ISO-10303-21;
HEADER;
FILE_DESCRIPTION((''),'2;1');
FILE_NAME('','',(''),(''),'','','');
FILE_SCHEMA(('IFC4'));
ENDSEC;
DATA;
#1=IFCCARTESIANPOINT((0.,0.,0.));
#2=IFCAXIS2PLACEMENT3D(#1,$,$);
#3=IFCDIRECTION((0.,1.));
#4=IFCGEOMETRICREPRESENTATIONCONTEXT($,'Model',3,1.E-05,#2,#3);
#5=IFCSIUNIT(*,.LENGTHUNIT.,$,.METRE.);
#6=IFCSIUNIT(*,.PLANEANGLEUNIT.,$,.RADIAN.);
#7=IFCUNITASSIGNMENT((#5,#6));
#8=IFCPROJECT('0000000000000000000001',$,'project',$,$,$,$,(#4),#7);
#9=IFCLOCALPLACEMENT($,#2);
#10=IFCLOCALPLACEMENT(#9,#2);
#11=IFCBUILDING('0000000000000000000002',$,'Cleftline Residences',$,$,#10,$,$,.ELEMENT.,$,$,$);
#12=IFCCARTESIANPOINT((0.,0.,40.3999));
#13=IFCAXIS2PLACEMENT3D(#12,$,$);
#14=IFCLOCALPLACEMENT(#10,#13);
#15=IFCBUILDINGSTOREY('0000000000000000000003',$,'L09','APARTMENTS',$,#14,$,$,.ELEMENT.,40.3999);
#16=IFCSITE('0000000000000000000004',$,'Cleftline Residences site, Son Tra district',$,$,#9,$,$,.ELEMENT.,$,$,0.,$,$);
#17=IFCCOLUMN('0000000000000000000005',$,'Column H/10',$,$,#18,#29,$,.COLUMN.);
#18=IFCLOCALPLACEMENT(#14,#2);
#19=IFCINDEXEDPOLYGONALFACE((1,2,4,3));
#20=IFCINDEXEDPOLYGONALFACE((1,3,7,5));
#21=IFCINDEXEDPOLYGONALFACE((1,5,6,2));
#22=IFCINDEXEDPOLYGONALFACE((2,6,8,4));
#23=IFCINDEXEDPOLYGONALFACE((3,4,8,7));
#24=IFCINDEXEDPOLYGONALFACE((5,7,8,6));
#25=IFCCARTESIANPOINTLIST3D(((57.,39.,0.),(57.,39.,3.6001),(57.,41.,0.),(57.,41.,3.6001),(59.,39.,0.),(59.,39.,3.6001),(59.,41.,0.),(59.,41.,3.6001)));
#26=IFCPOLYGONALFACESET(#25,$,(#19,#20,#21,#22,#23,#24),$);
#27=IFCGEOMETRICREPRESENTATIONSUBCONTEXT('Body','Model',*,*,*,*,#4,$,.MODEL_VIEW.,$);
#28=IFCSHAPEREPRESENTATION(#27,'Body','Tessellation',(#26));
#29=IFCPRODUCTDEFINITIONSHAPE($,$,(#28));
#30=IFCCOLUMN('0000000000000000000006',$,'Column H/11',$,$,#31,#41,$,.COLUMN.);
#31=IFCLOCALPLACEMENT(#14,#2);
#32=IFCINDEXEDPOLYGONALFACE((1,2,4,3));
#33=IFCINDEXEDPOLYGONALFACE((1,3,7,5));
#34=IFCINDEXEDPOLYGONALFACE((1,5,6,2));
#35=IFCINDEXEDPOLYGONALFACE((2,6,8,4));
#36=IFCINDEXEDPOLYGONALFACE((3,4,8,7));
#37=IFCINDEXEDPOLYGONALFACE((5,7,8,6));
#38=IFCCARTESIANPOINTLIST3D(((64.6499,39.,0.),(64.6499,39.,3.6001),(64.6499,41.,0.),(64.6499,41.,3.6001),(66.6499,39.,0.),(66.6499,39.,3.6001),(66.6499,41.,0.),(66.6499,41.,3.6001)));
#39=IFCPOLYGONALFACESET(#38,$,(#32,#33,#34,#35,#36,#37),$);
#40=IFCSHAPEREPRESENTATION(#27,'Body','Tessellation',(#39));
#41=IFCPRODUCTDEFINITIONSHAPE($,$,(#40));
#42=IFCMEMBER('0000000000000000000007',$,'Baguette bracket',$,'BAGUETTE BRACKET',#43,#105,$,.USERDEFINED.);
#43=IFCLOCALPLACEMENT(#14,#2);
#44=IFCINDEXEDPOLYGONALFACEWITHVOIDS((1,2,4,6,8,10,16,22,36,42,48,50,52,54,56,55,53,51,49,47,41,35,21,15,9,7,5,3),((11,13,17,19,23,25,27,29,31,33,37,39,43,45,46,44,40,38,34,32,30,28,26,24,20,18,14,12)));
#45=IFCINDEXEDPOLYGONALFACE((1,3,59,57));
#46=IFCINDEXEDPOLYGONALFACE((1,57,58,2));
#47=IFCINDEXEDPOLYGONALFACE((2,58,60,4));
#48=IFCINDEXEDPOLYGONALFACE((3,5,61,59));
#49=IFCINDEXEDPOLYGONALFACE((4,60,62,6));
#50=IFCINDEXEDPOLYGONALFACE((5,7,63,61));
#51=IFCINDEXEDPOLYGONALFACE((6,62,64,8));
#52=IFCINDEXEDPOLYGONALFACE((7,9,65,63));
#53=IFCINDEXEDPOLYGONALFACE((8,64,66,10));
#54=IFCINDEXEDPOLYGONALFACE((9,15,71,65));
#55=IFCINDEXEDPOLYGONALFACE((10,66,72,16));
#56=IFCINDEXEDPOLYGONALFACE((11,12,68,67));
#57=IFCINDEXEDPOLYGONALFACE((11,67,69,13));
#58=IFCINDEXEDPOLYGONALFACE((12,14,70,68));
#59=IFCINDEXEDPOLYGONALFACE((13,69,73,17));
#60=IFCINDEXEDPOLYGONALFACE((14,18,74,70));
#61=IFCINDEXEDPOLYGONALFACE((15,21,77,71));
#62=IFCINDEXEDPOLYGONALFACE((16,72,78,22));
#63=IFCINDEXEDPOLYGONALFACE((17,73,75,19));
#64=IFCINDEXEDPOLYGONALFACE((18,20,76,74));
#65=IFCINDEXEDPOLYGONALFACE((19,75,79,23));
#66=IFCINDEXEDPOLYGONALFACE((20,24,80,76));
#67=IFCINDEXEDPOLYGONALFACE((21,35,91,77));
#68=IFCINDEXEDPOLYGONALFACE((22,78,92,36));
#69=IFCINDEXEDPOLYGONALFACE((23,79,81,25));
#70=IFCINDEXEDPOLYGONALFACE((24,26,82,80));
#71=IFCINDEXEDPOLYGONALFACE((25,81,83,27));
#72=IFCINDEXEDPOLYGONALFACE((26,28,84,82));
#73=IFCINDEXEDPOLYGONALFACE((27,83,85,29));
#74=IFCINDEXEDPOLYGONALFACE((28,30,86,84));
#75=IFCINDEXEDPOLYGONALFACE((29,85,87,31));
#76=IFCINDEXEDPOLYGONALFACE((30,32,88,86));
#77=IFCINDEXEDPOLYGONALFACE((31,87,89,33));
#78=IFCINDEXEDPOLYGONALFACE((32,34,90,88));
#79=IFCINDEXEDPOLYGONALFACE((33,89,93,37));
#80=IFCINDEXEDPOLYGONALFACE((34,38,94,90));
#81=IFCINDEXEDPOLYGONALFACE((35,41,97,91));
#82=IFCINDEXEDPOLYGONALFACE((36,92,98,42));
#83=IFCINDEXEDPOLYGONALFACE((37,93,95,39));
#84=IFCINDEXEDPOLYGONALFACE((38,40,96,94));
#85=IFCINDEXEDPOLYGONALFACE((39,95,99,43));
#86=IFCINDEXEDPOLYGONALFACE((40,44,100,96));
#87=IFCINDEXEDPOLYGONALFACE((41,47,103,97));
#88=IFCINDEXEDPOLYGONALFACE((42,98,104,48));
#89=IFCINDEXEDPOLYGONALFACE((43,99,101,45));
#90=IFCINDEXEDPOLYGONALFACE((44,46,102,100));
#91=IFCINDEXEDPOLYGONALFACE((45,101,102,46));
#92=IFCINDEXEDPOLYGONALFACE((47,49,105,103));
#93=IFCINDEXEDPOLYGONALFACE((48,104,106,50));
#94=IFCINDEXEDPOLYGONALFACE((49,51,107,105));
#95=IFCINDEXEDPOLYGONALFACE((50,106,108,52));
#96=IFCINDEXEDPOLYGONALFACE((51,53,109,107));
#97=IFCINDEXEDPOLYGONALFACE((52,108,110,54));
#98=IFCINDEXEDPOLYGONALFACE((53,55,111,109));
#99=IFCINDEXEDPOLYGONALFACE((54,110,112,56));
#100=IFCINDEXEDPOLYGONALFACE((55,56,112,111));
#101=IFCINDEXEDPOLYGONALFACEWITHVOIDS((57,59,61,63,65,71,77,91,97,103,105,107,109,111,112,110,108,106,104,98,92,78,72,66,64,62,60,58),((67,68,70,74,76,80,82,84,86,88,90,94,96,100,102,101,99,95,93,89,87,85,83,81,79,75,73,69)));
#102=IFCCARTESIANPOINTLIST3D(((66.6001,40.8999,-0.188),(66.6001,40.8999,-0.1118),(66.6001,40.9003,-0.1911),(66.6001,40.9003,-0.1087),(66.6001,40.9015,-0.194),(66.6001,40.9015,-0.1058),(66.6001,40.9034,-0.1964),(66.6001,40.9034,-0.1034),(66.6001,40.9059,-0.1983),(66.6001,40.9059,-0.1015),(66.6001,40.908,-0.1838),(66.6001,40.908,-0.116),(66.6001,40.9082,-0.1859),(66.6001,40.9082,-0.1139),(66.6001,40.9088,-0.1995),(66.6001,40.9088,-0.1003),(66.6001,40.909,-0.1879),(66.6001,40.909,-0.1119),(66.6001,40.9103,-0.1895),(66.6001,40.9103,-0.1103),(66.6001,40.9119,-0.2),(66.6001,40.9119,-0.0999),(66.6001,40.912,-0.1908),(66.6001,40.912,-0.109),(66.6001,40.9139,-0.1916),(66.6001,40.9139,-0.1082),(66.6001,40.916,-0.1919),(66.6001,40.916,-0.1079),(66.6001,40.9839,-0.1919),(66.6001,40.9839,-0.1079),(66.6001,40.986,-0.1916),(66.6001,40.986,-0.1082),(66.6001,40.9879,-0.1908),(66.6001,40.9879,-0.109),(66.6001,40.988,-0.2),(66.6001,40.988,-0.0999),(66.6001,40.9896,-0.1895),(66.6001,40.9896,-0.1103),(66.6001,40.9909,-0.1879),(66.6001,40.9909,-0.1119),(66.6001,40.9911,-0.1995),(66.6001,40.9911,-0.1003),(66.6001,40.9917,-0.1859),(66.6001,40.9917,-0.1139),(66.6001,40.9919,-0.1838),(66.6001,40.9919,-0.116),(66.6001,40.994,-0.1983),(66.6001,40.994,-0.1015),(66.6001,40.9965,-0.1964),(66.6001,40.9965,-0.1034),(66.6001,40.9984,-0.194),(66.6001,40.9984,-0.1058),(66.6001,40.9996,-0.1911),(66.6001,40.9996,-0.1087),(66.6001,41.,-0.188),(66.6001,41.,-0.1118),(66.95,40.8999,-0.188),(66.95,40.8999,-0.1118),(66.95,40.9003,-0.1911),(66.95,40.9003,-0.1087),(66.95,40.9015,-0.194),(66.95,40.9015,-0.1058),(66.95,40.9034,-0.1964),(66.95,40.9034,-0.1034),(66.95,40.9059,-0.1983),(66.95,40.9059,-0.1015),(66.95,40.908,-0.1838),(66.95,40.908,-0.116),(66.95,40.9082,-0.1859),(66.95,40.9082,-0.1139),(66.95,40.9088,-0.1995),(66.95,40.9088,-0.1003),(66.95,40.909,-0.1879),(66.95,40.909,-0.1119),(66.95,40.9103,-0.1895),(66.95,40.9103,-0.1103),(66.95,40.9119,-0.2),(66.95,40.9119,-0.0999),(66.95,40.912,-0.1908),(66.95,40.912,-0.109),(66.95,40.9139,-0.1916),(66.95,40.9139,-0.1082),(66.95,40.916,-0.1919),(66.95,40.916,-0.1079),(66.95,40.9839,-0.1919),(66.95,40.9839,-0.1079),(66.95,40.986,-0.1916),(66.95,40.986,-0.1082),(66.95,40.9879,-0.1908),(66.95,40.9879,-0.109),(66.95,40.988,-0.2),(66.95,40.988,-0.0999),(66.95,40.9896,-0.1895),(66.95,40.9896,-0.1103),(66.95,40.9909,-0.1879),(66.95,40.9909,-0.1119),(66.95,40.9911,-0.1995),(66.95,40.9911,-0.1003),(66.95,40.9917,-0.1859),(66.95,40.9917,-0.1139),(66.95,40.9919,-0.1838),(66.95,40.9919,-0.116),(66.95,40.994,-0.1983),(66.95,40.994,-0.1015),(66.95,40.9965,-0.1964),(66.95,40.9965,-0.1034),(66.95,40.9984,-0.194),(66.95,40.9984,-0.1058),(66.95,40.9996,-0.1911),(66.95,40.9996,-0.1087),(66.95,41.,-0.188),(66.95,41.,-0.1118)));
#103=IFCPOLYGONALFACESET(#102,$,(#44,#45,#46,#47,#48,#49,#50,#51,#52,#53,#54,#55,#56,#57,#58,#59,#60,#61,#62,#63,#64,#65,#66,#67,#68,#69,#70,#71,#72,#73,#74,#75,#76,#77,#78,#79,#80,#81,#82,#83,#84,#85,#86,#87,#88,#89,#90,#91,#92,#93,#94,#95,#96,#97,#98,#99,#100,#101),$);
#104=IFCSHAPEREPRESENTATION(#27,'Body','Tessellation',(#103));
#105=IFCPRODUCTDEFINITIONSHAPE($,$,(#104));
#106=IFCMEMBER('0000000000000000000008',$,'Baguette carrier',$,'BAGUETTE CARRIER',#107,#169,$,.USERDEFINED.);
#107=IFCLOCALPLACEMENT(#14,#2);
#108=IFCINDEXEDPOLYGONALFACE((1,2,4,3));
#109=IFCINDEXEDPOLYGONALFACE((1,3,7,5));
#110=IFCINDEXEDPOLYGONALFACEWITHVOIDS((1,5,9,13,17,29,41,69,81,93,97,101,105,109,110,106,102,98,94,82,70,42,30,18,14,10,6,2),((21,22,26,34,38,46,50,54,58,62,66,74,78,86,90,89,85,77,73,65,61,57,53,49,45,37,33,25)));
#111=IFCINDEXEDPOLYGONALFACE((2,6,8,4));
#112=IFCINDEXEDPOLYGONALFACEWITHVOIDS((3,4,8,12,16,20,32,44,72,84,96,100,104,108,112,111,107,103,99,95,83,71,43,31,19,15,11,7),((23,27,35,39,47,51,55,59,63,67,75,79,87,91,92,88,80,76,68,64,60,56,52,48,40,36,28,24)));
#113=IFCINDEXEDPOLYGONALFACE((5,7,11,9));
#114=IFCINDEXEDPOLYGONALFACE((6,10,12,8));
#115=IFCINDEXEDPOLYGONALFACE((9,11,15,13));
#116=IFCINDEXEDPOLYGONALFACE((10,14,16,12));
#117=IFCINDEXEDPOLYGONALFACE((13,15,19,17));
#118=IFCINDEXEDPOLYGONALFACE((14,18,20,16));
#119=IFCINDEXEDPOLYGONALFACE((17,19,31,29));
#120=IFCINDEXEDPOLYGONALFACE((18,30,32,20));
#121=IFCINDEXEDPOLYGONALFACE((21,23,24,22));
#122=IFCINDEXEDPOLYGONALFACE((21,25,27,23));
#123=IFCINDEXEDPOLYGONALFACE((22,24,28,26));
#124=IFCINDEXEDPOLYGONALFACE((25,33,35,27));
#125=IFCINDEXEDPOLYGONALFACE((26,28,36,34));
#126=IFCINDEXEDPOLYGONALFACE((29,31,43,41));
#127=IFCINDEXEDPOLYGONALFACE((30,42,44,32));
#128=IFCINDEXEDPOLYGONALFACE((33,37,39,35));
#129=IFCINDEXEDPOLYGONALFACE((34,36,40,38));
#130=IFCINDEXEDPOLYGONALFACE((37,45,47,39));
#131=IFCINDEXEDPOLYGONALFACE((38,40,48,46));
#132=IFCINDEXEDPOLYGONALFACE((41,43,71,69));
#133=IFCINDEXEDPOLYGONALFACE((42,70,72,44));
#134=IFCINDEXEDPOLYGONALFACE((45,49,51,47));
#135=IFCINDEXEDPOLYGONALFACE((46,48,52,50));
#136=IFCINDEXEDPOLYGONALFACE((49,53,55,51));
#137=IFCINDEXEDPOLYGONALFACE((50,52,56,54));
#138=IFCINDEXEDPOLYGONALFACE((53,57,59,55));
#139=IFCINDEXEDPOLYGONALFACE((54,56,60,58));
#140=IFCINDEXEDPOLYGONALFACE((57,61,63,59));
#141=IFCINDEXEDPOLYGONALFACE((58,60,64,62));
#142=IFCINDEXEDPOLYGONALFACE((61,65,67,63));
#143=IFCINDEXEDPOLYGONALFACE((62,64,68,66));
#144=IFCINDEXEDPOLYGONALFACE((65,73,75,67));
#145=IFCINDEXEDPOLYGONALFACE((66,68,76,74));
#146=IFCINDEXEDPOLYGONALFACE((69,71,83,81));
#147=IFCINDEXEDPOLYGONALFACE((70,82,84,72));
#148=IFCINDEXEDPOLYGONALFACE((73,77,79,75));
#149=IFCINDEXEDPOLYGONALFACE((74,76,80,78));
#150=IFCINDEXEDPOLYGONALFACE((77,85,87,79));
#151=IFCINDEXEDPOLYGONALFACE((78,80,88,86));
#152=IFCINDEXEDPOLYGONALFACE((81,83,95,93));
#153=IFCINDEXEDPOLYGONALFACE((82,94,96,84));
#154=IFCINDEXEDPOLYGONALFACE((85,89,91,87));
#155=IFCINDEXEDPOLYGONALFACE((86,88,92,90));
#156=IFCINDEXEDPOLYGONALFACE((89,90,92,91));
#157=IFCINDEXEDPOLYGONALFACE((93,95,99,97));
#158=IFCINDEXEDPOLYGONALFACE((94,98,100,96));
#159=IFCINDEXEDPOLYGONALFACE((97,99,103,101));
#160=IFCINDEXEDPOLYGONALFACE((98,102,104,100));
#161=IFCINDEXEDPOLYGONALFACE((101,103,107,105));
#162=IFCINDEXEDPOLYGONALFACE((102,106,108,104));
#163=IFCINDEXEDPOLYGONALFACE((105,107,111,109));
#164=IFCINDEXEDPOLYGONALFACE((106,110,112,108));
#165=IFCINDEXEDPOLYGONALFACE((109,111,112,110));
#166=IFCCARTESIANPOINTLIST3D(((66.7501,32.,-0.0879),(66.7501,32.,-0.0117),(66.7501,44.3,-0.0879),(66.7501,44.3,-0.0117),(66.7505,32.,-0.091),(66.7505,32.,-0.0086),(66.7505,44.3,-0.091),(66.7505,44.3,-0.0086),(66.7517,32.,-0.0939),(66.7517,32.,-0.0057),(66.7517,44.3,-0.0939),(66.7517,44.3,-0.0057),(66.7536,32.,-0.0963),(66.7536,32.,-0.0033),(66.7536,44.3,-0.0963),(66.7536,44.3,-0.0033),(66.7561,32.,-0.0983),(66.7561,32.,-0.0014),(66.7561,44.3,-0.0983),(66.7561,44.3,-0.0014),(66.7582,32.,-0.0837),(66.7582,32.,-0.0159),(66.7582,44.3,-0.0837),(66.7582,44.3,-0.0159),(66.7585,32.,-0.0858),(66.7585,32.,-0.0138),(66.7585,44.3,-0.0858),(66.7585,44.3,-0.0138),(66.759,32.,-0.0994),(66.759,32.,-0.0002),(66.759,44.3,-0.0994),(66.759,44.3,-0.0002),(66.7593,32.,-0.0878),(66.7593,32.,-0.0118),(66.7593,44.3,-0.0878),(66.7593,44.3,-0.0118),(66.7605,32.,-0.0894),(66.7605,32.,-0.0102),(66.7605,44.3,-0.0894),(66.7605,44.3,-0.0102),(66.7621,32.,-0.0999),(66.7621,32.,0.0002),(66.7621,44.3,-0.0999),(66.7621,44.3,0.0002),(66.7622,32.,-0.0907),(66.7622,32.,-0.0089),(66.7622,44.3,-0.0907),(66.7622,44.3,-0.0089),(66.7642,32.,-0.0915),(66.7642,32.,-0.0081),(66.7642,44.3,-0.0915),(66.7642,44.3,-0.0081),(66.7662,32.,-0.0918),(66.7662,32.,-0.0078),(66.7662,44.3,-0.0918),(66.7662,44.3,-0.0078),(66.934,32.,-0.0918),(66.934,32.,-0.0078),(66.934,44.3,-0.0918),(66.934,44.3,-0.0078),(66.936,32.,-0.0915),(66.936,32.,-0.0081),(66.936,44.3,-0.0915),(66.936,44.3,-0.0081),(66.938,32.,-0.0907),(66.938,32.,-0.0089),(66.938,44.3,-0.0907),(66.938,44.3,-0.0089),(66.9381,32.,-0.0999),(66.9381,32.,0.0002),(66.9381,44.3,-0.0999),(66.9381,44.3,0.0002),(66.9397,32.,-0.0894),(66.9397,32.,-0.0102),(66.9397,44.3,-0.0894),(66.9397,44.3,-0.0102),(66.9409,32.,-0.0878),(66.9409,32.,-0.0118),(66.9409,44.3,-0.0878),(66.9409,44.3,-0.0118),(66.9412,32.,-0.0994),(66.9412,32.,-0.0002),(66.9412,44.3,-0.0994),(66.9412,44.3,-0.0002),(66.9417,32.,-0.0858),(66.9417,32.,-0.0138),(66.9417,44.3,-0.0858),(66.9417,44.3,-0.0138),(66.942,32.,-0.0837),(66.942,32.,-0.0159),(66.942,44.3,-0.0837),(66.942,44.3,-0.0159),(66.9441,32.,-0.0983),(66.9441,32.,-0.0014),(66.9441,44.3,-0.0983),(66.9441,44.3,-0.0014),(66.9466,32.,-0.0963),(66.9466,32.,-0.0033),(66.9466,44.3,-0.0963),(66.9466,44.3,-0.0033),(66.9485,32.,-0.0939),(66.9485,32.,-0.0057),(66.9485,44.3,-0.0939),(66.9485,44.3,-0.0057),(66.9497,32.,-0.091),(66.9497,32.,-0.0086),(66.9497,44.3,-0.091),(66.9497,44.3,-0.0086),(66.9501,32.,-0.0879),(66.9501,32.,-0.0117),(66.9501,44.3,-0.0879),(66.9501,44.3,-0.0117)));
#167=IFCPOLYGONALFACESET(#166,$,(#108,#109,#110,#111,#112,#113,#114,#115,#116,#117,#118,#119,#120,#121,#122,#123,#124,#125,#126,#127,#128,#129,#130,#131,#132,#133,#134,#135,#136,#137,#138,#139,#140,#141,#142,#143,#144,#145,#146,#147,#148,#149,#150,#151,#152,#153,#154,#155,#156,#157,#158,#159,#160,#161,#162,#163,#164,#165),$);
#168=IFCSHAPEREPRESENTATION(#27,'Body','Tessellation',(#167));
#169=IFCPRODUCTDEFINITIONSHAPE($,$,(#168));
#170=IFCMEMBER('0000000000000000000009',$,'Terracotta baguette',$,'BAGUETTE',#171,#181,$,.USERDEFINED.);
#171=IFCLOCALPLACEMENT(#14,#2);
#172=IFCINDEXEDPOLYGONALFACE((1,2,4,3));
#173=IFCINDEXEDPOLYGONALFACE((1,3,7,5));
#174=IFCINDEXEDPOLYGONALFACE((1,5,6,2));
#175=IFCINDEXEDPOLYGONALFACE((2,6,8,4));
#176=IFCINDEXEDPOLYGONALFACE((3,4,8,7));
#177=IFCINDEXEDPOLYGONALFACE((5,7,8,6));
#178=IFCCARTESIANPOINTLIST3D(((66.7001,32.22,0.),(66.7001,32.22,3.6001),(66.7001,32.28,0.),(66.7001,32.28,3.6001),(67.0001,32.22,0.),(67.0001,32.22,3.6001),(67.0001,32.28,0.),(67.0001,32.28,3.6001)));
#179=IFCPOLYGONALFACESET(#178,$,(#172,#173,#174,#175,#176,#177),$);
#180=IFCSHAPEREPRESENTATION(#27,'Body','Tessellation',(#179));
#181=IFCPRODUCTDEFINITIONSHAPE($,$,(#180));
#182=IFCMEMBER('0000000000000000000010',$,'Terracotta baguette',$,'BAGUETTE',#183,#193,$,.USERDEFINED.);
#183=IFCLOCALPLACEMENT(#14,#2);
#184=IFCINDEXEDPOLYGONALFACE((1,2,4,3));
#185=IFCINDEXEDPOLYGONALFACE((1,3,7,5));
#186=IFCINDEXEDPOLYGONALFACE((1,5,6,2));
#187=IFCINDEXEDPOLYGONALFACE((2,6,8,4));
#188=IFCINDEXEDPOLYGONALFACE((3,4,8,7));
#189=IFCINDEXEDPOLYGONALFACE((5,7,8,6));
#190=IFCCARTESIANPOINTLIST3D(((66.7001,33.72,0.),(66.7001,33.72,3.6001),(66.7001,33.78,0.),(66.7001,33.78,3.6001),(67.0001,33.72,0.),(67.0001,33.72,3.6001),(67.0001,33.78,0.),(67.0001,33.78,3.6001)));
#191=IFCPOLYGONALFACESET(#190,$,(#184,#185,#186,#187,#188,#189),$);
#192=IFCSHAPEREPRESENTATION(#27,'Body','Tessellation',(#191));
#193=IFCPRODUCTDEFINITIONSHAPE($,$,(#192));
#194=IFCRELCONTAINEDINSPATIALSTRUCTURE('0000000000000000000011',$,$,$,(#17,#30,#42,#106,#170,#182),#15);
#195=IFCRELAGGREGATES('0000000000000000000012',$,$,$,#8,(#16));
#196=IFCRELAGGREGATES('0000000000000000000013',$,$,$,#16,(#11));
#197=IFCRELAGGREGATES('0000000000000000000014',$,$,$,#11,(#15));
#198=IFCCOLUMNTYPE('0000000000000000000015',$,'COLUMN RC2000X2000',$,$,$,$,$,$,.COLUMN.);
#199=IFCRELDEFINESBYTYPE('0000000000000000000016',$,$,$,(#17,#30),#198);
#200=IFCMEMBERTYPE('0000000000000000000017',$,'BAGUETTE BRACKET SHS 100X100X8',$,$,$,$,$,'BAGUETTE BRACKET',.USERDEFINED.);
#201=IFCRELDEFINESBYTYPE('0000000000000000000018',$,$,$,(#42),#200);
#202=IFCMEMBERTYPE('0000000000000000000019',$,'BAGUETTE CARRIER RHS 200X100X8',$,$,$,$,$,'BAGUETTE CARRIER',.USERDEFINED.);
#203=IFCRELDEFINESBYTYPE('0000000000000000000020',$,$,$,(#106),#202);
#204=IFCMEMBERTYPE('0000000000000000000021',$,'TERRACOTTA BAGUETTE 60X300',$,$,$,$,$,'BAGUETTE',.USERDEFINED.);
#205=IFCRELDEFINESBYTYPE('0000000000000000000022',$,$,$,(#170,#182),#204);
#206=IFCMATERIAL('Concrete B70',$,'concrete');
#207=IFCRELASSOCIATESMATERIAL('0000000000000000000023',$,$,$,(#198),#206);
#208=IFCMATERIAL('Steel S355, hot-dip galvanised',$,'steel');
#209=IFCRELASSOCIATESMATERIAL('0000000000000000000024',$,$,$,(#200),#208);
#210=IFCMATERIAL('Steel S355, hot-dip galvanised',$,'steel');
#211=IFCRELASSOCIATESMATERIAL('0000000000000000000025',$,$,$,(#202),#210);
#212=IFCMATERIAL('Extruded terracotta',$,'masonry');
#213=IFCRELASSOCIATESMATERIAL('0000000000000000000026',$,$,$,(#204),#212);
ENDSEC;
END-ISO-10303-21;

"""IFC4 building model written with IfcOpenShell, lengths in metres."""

from ifc_helpers import new_model, si_unit, direction, frame, origin, origin_2d, place, context, subcontext, project, spatial, rectangle, hollow_rectangle, extrude, material, material_profile, profile_set, type_object, element, save


model = new_model("IFC4")

# Units and contexts
model_context = context("Model", 3, precision=1e-05, world=origin(), true_north=direction((0.0, 1.0)))
body_context = subcontext(model_context, "Body", "Model", "MODEL_VIEW")
ifc_project = project(units=[si_unit("LENGTHUNIT", "METRE"), si_unit("PLANEANGLEUNIT", "RADIAN")], contexts=[model_context])

# Site, building, storey
site_placement = place(None, origin())
site = spatial("IfcSite", under=ifc_project, at=site_placement, Name="Cleftline Residences site, Son Tra district", CompositionType="ELEMENT", RefElevation=0.0)
building_placement = place(site_placement, origin())
building = spatial("IfcBuilding", under=site, at=building_placement, Name="Cleftline Residences", CompositionType="ELEMENT")
storey_placement = place(building_placement, frame((0.0, 0.0, 40.3999)))
storey = spatial("IfcBuildingStorey", under=building, at=storey_placement, Name="L09", Description="APARTMENTS", CompositionType="ELEMENT", Elevation=40.3999)

# Columns
ifc_material_1 = material(Name="Concrete B70", Category="concrete")
ifc_material_profile_1 = material_profile(ifc_material_1, rectangle(XDim=2.0, YDim=2.0, at=origin_2d()))
ifc_profile_set_1 = profile_set([ifc_material_profile_1], Name="Concrete B70")
column_type = type_object("IfcColumnType", Name="COLUMN RC2000X2000", PredefinedType="COLUMN", material=ifc_profile_set_1)
for number, where, z_axis, x_axis, name in (
    (1, (58.0, 40.0, 0.0), (0.0, 0.0, 1.0), (1.0, 0.0, 0.0), "Column H/10"),
    (2, (65.6499, 40.0, 0.0), (0.0, 0.0, 1.0), (1.0, 0.0, 0.0), "Column H/11"),
):
    element("IfcColumn", number, at=place(storey_placement, frame(where, z_axis=z_axis, x_axis=x_axis)), inside=storey, type_object=column_type, Name=name, PredefinedType="COLUMN", context=body_context, shape_type="SweptSolid", body=[
        extrude(rectangle(XDim=2.0, YDim=2.0, at=origin_2d()), origin(), (0.0, 0.0, 1.0), 3.6001),
    ])

# Members
ifc_material_2 = material(Name="Steel S355, hot-dip galvanised", Category="steel")
ifc_material_profile_2 = material_profile(ifc_material_2, hollow_rectangle(XDim=0.1001, YDim=0.1001, WallThickness=0.0081, InnerFilletRadius=0.0081, OuterFilletRadius=0.012, at=origin_2d()))
ifc_profile_set_2 = profile_set([ifc_material_profile_2], Name="Steel S355, hot-dip galvanised")
member_type_1 = type_object("IfcMemberType", Name="BAGUETTE BRACKET SHS 100X100X8", ElementType="BAGUETTE BRACKET", PredefinedType="USERDEFINED", material=ifc_profile_set_2)
member_1_placement = place(storey_placement, frame((66.6001, 40.95, -0.1499), z_axis=(1.0, 0.0, 0.0), x_axis=(0.0, 1.0, 0.0)))
element("IfcMember", 3, at=member_1_placement, inside=storey, type_object=member_type_1, Name="Baguette bracket", ObjectType="BAGUETTE BRACKET", PredefinedType="USERDEFINED", context=body_context, shape_type="SweptSolid", body=[
    extrude(hollow_rectangle(XDim=0.1001, YDim=0.1001, WallThickness=0.0081, InnerFilletRadius=0.0081, OuterFilletRadius=0.012, at=origin_2d()), origin(), (0.0, 0.0, 1.0), 0.3499),
])
ifc_material_3 = material(Name="Steel S355, hot-dip galvanised", Category="steel")
ifc_material_profile_3 = material_profile(ifc_material_3, hollow_rectangle(XDim=0.1001, YDim=0.2, WallThickness=0.0081, InnerFilletRadius=0.0081, OuterFilletRadius=0.012, at=origin_2d()))
ifc_profile_set_3 = profile_set([ifc_material_profile_3], Name="Steel S355, hot-dip galvanised")
member_type_2 = type_object("IfcMemberType", Name="BAGUETTE CARRIER RHS 200X100X8", ElementType="BAGUETTE CARRIER", PredefinedType="USERDEFINED", material=ifc_profile_set_3)
member_2_placement = place(storey_placement, frame((66.8501, 32.0, -0.0498), z_axis=(0.0, 1.0, 0.0), x_axis=(0.0, 0.0, 1.0)))
element("IfcMember", 4, at=member_2_placement, inside=storey, type_object=member_type_2, Name="Baguette carrier", ObjectType="BAGUETTE CARRIER", PredefinedType="USERDEFINED", context=body_context, shape_type="SweptSolid", body=[
    extrude(hollow_rectangle(XDim=0.1001, YDim=0.2, WallThickness=0.0081, InnerFilletRadius=0.0081, OuterFilletRadius=0.012, at=origin_2d()), origin(), (0.0, 0.0, 1.0), 12.3),
])
ifc_material_4 = material(Name="Extruded terracotta", Category="masonry")
ifc_material_profile_4 = material_profile(ifc_material_4, rectangle(XDim=0.0601, YDim=0.3, at=origin_2d()))
ifc_profile_set_4 = profile_set([ifc_material_profile_4], Name="Extruded terracotta")
member_type_3 = type_object("IfcMemberType", Name="TERRACOTTA BAGUETTE 60X300", ElementType="BAGUETTE", PredefinedType="USERDEFINED", material=ifc_profile_set_4)
for number, where, z_axis, x_axis, name in (
    (5, (66.8501, 32.25, 0.0), (0.0, 0.0, 1.0), (0.0, 1.0, 0.0), "Terracotta baguette"),
    (6, (66.8501, 33.75, 0.0), (0.0, 0.0, 1.0), (0.0, 1.0, 0.0), "Terracotta baguette"),
):
    element("IfcMember", number, at=place(storey_placement, frame(where, z_axis=z_axis, x_axis=x_axis)), inside=storey, type_object=member_type_3, Name=name, ObjectType="BAGUETTE", PredefinedType="USERDEFINED", context=body_context, shape_type="SweptSolid", body=[
        extrude(rectangle(XDim=0.0601, YDim=0.3, at=origin_2d()), origin(), (0.0, 0.0, 1.0), 3.6001),
    ])

save(model, "model.ifc")
